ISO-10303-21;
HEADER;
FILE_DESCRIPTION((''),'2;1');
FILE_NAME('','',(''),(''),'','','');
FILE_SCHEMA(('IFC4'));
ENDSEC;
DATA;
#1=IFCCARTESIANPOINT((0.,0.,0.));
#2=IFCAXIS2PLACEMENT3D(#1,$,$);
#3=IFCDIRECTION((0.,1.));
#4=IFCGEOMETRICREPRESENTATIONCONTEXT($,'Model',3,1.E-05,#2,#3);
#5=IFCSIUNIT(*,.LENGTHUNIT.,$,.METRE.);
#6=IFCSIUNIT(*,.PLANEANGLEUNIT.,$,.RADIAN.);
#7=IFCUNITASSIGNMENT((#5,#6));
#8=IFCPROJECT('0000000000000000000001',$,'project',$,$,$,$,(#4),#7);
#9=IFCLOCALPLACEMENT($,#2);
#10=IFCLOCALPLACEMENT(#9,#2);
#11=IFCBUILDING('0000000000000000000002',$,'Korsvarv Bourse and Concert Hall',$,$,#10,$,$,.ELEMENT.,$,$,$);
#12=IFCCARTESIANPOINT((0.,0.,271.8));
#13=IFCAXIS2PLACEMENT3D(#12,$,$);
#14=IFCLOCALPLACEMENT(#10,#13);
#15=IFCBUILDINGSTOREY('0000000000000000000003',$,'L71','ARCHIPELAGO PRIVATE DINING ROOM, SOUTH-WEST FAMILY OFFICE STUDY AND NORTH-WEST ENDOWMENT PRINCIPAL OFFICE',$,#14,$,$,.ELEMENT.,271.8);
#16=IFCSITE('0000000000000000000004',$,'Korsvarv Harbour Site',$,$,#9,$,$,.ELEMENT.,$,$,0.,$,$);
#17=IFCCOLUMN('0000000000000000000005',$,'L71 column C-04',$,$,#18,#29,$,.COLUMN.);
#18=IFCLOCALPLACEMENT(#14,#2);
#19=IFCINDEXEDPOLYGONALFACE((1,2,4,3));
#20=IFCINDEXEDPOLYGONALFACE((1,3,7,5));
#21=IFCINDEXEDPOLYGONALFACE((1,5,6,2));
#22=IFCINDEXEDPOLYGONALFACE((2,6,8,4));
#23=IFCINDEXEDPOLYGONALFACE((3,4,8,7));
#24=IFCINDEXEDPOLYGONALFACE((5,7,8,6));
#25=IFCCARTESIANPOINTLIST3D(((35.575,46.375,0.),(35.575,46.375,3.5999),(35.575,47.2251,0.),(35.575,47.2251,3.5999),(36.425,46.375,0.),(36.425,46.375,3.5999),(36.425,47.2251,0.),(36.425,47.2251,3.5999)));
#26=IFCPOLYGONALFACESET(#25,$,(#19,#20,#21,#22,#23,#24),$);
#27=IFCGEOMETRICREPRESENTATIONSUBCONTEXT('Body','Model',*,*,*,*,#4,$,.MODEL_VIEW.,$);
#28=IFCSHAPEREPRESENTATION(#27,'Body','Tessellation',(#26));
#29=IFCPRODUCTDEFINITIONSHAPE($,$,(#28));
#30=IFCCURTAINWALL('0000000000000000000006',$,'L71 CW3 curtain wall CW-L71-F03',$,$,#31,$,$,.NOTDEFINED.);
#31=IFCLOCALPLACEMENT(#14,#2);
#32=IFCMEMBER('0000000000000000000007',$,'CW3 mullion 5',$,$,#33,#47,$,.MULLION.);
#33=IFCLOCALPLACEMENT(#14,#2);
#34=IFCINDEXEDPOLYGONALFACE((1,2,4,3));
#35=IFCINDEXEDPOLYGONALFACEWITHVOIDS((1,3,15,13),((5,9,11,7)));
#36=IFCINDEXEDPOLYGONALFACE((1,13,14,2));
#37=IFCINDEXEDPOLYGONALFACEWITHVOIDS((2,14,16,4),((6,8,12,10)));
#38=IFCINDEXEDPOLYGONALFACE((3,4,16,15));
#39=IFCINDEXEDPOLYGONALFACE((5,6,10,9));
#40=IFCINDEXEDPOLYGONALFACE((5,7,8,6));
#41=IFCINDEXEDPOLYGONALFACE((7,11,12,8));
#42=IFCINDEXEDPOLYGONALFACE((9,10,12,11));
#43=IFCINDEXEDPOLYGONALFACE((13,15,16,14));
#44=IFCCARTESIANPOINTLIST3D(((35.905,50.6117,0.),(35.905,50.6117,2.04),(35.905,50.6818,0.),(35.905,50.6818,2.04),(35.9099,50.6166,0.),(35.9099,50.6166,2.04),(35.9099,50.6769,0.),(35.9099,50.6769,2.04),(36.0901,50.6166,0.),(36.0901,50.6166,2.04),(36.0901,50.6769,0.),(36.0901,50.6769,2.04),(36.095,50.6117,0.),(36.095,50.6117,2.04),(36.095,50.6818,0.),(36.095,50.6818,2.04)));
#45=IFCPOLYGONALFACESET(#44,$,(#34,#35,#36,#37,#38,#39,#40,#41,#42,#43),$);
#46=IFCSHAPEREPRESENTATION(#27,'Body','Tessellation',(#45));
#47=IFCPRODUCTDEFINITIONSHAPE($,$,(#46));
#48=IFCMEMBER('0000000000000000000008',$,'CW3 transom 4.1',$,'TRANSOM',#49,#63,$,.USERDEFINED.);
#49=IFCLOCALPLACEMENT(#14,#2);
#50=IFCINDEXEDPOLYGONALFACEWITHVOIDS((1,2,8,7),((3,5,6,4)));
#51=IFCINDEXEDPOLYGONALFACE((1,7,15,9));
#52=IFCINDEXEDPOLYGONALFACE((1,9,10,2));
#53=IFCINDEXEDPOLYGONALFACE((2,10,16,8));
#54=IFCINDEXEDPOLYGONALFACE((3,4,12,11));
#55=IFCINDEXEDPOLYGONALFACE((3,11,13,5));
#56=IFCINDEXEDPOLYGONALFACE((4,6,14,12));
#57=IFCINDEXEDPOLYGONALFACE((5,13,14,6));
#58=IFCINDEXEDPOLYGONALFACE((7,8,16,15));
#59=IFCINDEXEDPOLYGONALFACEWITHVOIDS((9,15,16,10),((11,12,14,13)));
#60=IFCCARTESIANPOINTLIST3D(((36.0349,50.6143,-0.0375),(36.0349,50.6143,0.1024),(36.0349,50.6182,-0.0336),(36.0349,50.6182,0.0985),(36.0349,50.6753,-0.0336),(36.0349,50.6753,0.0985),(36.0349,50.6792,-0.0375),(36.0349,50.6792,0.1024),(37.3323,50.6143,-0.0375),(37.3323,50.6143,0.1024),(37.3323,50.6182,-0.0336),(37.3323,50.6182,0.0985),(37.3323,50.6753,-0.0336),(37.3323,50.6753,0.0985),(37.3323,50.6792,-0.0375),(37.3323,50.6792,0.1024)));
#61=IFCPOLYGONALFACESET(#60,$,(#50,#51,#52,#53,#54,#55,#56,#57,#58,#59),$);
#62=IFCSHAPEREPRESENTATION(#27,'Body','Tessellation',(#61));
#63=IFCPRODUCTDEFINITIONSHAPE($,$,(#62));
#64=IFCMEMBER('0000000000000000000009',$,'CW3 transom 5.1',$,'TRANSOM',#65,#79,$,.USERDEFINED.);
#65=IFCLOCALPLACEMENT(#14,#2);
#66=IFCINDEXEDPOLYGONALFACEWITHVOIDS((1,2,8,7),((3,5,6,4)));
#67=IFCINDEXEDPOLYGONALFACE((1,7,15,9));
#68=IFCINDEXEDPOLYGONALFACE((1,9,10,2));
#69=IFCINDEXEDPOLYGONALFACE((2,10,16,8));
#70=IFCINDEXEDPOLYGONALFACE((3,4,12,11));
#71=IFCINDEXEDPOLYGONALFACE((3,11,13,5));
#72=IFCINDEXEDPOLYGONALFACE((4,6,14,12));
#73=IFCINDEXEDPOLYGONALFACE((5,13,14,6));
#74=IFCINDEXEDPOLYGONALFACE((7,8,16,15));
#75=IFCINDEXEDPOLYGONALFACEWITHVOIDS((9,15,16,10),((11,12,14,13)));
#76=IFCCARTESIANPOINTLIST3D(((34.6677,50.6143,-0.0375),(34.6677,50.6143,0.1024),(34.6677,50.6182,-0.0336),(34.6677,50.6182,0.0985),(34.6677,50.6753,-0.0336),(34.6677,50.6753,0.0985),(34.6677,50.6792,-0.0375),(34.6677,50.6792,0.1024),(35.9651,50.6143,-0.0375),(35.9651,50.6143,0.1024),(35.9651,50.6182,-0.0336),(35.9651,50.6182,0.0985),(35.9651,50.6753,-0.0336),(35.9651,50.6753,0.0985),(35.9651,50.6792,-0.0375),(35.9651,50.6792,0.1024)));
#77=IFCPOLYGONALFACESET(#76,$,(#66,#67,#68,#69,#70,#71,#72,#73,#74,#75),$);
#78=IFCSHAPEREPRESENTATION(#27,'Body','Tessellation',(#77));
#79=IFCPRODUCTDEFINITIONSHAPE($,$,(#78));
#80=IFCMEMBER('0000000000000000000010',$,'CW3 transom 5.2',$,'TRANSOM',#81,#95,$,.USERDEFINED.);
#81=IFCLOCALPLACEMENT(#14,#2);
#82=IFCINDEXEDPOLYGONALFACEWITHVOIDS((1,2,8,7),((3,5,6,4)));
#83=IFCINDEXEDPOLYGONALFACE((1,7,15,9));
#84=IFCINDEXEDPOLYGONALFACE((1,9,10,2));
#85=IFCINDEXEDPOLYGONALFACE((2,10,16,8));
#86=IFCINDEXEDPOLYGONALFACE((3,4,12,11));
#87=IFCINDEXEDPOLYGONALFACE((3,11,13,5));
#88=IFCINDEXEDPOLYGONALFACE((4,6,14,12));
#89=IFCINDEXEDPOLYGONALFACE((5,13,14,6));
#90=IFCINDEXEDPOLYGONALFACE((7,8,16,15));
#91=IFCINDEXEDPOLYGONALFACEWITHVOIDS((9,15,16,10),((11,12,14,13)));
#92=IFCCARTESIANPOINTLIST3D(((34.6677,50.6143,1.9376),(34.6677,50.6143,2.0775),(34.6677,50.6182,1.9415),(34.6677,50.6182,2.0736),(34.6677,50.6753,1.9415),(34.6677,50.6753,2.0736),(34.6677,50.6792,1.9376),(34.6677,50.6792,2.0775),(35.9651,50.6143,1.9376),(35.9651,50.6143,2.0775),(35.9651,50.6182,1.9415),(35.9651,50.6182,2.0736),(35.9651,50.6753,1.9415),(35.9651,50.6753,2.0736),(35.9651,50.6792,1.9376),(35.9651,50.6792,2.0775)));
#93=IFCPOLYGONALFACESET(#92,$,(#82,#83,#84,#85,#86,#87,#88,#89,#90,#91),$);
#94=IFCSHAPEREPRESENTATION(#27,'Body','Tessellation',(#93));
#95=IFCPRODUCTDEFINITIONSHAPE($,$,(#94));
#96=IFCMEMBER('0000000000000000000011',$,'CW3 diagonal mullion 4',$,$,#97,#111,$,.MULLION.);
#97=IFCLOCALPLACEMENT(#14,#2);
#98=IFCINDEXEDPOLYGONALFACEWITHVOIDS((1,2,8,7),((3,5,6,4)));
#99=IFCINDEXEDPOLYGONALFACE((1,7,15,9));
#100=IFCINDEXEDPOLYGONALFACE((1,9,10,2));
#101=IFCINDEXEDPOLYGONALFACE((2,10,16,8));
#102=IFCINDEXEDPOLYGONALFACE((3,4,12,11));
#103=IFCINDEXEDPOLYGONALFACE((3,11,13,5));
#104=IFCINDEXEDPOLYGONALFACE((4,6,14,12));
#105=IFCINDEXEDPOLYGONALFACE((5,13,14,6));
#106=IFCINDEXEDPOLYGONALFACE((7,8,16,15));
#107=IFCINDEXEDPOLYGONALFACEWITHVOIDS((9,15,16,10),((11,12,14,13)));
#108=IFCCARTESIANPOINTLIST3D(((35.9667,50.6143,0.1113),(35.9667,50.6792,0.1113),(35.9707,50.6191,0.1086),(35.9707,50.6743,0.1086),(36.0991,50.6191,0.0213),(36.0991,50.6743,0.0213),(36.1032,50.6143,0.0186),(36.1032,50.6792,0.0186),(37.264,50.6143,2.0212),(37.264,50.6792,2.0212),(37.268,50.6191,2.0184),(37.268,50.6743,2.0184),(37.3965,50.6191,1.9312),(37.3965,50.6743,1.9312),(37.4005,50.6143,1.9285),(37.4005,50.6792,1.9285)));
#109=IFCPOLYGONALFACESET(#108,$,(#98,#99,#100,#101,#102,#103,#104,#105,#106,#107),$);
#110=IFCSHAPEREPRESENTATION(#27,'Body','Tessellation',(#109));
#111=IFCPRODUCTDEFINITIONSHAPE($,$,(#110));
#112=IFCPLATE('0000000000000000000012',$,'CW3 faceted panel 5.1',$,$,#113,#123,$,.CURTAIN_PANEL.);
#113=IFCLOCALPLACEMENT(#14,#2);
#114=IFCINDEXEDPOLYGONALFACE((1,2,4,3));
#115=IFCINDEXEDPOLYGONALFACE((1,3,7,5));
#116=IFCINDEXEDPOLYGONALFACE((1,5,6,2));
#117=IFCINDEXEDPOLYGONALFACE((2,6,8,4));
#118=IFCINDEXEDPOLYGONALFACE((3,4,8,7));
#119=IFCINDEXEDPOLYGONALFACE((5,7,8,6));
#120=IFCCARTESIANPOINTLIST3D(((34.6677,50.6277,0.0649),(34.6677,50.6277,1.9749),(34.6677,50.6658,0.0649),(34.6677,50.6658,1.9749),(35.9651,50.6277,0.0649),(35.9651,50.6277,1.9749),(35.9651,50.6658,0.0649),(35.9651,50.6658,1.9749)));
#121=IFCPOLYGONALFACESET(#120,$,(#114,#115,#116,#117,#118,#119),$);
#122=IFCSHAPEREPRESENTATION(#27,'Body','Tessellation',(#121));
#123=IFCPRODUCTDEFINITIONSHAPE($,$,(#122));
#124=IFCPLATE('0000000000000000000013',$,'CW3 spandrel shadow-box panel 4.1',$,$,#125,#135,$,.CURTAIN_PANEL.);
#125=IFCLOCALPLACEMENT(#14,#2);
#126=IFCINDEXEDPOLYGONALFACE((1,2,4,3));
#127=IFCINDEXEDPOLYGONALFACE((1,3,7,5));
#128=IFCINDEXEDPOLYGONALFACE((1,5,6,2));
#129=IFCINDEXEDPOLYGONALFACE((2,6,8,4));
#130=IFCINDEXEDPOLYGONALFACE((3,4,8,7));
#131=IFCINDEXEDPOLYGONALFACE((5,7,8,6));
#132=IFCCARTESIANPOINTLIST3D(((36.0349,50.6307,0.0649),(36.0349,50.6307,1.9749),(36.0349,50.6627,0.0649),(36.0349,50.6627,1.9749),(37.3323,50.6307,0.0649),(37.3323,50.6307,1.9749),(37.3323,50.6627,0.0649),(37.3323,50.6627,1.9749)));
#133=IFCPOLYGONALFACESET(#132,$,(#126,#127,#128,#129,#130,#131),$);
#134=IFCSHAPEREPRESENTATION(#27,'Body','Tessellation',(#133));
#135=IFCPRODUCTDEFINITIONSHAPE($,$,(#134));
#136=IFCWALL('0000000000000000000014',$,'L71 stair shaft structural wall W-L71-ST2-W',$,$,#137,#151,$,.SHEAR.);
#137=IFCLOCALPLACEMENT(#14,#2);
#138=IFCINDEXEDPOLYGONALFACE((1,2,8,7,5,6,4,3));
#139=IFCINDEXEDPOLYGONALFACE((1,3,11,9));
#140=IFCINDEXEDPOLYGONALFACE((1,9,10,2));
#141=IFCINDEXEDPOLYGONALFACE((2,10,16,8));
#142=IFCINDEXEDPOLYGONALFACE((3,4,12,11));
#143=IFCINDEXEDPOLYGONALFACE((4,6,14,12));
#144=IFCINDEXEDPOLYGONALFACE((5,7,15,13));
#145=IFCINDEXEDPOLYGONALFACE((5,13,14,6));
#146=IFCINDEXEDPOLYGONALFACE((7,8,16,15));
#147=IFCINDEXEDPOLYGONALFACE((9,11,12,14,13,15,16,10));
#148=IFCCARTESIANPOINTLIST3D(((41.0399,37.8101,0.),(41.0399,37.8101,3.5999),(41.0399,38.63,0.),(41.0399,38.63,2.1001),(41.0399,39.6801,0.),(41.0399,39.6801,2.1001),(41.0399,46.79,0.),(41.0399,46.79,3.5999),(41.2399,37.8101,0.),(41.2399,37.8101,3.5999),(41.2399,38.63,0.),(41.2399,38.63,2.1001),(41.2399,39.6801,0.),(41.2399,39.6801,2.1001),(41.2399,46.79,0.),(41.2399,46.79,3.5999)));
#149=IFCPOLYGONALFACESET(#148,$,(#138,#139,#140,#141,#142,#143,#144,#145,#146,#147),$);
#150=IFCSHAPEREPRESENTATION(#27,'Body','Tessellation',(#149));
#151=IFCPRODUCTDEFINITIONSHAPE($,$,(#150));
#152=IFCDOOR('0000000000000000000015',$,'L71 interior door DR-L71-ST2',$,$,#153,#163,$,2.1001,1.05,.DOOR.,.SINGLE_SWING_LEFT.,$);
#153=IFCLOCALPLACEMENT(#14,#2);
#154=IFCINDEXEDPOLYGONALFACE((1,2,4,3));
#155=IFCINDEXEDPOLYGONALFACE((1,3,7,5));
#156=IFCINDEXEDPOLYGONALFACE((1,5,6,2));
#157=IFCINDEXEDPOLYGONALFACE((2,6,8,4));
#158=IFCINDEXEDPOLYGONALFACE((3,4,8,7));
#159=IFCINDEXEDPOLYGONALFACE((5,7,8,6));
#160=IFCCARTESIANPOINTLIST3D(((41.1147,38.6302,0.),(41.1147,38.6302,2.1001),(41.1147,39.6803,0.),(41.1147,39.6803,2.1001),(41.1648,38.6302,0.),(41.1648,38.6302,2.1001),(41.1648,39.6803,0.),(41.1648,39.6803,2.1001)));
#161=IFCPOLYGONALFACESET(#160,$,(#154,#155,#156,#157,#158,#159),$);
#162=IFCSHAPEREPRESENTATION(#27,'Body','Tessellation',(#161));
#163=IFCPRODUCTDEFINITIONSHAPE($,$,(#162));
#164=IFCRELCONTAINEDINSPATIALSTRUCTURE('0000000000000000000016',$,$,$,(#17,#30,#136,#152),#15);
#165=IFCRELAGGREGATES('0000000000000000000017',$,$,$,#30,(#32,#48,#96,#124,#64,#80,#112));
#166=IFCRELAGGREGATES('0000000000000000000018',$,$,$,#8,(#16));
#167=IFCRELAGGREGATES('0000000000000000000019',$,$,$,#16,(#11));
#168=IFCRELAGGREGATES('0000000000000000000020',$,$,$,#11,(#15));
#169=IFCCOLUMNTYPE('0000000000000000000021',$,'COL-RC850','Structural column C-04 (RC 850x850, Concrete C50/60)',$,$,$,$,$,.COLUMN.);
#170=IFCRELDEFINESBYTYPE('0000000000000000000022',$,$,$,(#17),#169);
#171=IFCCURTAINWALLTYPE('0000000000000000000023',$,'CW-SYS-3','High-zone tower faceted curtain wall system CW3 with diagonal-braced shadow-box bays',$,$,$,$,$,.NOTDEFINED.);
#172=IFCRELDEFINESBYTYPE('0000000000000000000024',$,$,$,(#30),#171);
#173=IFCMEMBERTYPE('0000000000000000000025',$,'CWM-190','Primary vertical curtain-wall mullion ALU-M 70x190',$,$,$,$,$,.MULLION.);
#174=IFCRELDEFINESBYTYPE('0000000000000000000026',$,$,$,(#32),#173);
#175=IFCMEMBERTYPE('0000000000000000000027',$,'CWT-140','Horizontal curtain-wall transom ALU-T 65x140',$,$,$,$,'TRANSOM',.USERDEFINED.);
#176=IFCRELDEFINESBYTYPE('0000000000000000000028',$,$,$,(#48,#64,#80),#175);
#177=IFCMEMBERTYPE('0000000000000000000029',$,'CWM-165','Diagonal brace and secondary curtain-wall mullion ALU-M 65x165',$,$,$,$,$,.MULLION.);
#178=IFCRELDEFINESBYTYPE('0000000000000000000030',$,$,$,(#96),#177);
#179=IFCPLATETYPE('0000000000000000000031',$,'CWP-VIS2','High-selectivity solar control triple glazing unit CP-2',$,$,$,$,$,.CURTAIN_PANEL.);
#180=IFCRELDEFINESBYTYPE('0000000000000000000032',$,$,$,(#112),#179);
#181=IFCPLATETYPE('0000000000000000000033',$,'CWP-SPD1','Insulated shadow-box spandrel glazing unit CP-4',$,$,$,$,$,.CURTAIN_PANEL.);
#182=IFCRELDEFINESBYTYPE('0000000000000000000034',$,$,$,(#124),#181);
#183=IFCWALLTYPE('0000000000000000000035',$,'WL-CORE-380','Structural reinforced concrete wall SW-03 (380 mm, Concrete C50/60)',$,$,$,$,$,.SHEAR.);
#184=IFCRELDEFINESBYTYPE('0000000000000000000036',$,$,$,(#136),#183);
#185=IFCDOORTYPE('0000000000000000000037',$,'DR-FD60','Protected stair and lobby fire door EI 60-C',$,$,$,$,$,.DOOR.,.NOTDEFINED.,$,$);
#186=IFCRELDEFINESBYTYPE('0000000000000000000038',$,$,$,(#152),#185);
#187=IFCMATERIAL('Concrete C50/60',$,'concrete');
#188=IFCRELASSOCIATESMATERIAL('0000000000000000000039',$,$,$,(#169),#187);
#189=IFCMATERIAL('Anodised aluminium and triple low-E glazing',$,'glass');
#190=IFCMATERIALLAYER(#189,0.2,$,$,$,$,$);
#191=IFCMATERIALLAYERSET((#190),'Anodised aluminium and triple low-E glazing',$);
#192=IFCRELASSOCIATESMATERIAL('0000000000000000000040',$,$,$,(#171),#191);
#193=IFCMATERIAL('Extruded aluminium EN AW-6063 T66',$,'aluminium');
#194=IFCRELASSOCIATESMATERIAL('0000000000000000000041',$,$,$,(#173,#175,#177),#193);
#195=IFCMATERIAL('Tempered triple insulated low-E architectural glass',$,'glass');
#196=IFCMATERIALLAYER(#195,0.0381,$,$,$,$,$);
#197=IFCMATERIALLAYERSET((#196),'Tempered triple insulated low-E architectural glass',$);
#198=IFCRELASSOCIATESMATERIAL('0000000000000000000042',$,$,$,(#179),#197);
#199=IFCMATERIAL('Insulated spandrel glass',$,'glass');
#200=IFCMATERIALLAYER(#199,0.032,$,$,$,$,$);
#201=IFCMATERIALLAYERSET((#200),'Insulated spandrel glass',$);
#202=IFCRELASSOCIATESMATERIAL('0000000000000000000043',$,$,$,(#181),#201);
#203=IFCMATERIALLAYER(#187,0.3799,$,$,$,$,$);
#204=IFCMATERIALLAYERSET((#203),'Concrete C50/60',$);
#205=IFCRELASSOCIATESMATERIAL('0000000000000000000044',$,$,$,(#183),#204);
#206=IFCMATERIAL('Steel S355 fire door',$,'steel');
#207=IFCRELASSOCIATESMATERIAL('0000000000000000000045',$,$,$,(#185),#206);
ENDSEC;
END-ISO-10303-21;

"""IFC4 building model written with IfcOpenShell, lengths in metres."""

from ifc_helpers import new_model, si_unit, direction, frame, frame_2d, origin, origin_2d, place, context, subcontext, project, spatial, rectangle, hollow_rectangle, extrude, source, transform, mapped, material, layer, layer_set, material_profile, profile_set, type_object, element, fill, aggregate, save


model = new_model("IFC4")

# Units and contexts
model_context = context("Model", 3, precision=1e-05, world=origin(), true_north=direction((0.0, 1.0)))
body_context = subcontext(model_context, "Body", "Model", "MODEL_VIEW")
ifc_project = project(units=[si_unit("LENGTHUNIT", "METRE"), si_unit("PLANEANGLEUNIT", "RADIAN")], contexts=[model_context])

# Site, building, storey
site_placement = place(None, origin())
site = spatial("IfcSite", under=ifc_project, at=site_placement, Name="Korsvarv Harbour Site", CompositionType="ELEMENT", RefElevation=0.0)
building_placement = place(site_placement, origin())
building = spatial("IfcBuilding", under=site, at=building_placement, Name="Korsvarv Bourse and Concert Hall", CompositionType="ELEMENT")
storey_placement = place(building_placement, frame((0.0, 0.0, 271.8)))
storey = spatial("IfcBuildingStorey", under=building, at=storey_placement, Name="L71", Description="ARCHIPELAGO PRIVATE DINING ROOM, SOUTH-WEST FAMILY OFFICE STUDY AND NORTH-WEST ENDOWMENT PRINCIPAL OFFICE", CompositionType="ELEMENT", Elevation=271.8)

# Column
ifc_material_1 = material(Name="Concrete C50/60", Category="concrete")
ifc_material_profile_1 = material_profile(ifc_material_1, rectangle(XDim=0.8501, YDim=0.8501, at=origin_2d()), Name="RC 850x850")
ifc_profile_set_1 = profile_set([ifc_material_profile_1], Name="Concrete C50/60")
column_type = type_object("IfcColumnType", Name="COL-RC850", Description="Structural column C-04 (RC 850x850, Concrete C50/60)", PredefinedType="COLUMN", material=ifc_profile_set_1)
shared_shape_1 = source(origin(), body_context, "Body", "SweptSolid", [
    extrude(rectangle(XDim=0.8501, YDim=0.8501, at=origin_2d()), origin(), (0.0, 0.0, 1.0), 3.5999),
])
column_placement = place(storey_placement, frame((36.0, 46.8, 0.0), z_axis=(0.0, 0.0, 1.0), x_axis=(1.0, 0.0, 0.0)))
element("IfcColumn", 1, at=column_placement, inside=storey, type_object=column_type, Name="L71 column C-04", PredefinedType="COLUMN", context=body_context, shape_type="MappedRepresentation", body=[
    mapped(shared_shape_1, transform((0.0, 0.0, 0.0), scale=1.0)),
])

# Curtain wall, members, plates
ifc_material_2 = material(Name="Anodised aluminium and triple low-E glazing", Category="glass")
ifc_layer_1 = layer(ifc_material_2, 0.2)
ifc_layer_set_1 = layer_set([ifc_layer_1], Name="Anodised aluminium and triple low-E glazing")
curtain_wall_type = type_object("IfcCurtainWallType", Name="CW-SYS-3", Description="High-zone tower faceted curtain wall system CW3 with diagonal-braced shadow-box bays", PredefinedType="NOTDEFINED", material=ifc_layer_set_1)
curtain_wall_placement = place(storey_placement, origin())
curtain_wall = element("IfcCurtainWall", 2, at=curtain_wall_placement, inside=storey, type_object=curtain_wall_type, Name="L71 CW3 curtain wall CW-L71-F03", PredefinedType="NOTDEFINED")
ifc_material_3 = material(Name="Extruded aluminium EN AW-6063 T66", Category="aluminium")
ifc_material_profile_2 = material_profile(ifc_material_3, hollow_rectangle(XDim=0.0701, YDim=0.1899, WallThickness=0.0049, at=origin_2d()), Name="ALU-M 70x190")
ifc_profile_set_2 = profile_set([ifc_material_profile_2], Name="Extruded aluminium EN AW-6063 T66")
member_type_1 = type_object("IfcMemberType", Name="CWM-190", Description="Primary vertical curtain-wall mullion ALU-M 70x190", PredefinedType="MULLION", material=ifc_profile_set_2)
shared_shape_2 = source(origin(), body_context, "Body", "SweptSolid", [
    extrude(hollow_rectangle(XDim=0.0701, YDim=0.1899, WallThickness=0.0049, at=origin_2d()), origin(), (0.0, 0.0, 1.0), 2.04),
])
member_1_placement = place(storey_placement, frame((36.0, 50.6467, 0.0), z_axis=(0.0, 0.0, 1.0), x_axis=(0.0, -1.0, 0.0)))
member_1 = element("IfcMember", 3, at=member_1_placement, type_object=member_type_1, Name="CW3 mullion 5", PredefinedType="MULLION", context=body_context, shape_type="MappedRepresentation", body=[
    mapped(shared_shape_2, transform((0.0, 0.0, 0.0), scale=1.0)),
])
ifc_material_profile_3 = material_profile(ifc_material_3, hollow_rectangle(XDim=0.0649, YDim=0.1399, WallThickness=0.0039, at=origin_2d()), Name="ALU-T 65x140")
ifc_profile_set_3 = profile_set([ifc_material_profile_3], Name="Extruded aluminium EN AW-6063 T66")
member_type_2 = type_object("IfcMemberType", Name="CWT-140", Description="Horizontal curtain-wall transom ALU-T 65x140", ElementType="TRANSOM", PredefinedType="USERDEFINED", material=ifc_profile_set_3)
shared_shape_3 = source(origin(), body_context, "Body", "SweptSolid", [
    extrude(hollow_rectangle(XDim=0.0649, YDim=0.1399, WallThickness=0.0039, at=origin_2d()), origin(), (0.0, 0.0, 1.0), 1.2974),
])
member_2_placement = place(storey_placement, frame((37.3323, 50.6467, 0.0325), z_axis=(-1.0, 0.0, 0.0), x_axis=(0.0, -1.0, 0.0)))
member_2 = element("IfcMember", 4, at=member_2_placement, type_object=member_type_2, Name="CW3 transom 4.1", ObjectType="TRANSOM", PredefinedType="USERDEFINED", context=body_context, shape_type="MappedRepresentation", body=[
    mapped(shared_shape_3, transform((0.0, 0.0, 0.0), scale=1.0)),
])
member_3_placement = place(storey_placement, frame((35.9651, 50.6467, 0.0325), z_axis=(-1.0, 0.0, 0.0), x_axis=(0.0, -1.0, 0.0)))
member_3 = element("IfcMember", 5, at=member_3_placement, type_object=member_type_2, Name="CW3 transom 5.1", ObjectType="TRANSOM", PredefinedType="USERDEFINED", context=body_context, shape_type="MappedRepresentation", body=[
    mapped(shared_shape_3, transform((0.0, 0.0, 0.0), scale=1.0)),
])
member_4_placement = place(storey_placement, frame((35.9651, 50.6467, 2.0076), z_axis=(-1.0, 0.0, 0.0), x_axis=(0.0, -1.0, 0.0)))
member_4 = element("IfcMember", 6, at=member_4_placement, type_object=member_type_2, Name="CW3 transom 5.2", ObjectType="TRANSOM", PredefinedType="USERDEFINED", context=body_context, shape_type="MappedRepresentation", body=[
    mapped(shared_shape_3, transform((0.0, 0.0, 0.0), scale=1.0)),
])
ifc_material_profile_4 = material_profile(ifc_material_3, hollow_rectangle(XDim=0.0649, YDim=0.165, WallThickness=0.0049, at=origin_2d()), Name="ALU-M 65x165")
ifc_profile_set_4 = profile_set([ifc_material_profile_4], Name="Extruded aluminium EN AW-6063 T66")
member_type_3 = type_object("IfcMemberType", Name="CWM-165", Description="Diagonal brace and secondary curtain-wall mullion ALU-M 65x165", PredefinedType="MULLION", material=ifc_profile_set_4)
shared_shape_4 = source(origin(), body_context, "Body", "SweptSolid", [
    extrude(hollow_rectangle(XDim=0.0649, YDim=0.165, WallThickness=0.0049, at=origin_2d()), origin(), (0.0, 0.0, 1.0), 2.3088),
])
member_5_placement = place(storey_placement, frame((36.0349, 50.6467, 0.0649), z_axis=(0.561902, 0.0, 0.827204), x_axis=(0.0, 1.0, 0.0)))
member_5 = element("IfcMember", 7, at=member_5_placement, type_object=member_type_3, Name="CW3 diagonal mullion 4", PredefinedType="MULLION", context=body_context, shape_type="MappedRepresentation", body=[
    mapped(shared_shape_4, transform((0.0, 0.0, 0.0), scale=1.0)),
])
ifc_material_4 = material(Name="Tempered triple insulated low-E architectural glass", Category="glass")
ifc_layer_2 = layer(ifc_material_4, 0.0381)
ifc_layer_set_2 = layer_set([ifc_layer_2], Name="Tempered triple insulated low-E architectural glass")
plate_type_1 = type_object("IfcPlateType", Name="CWP-VIS2", Description="High-selectivity solar control triple glazing unit CP-2", PredefinedType="CURTAIN_PANEL", material=ifc_layer_set_2)
shared_shape_5 = source(origin(), body_context, "Body", "SweptSolid", [
    extrude(rectangle(XDim=1.2974, YDim=0.0381, at=origin_2d()), origin(), (0.0, 0.0, 1.0), 1.9099),
])
plate_1_placement = place(storey_placement, frame((35.3164, 50.6467, 0.0649), z_axis=(0.0, 0.0, 1.0), x_axis=(-1.0, 0.0, 0.0)))
plate_1 = element("IfcPlate", 8, at=plate_1_placement, type_object=plate_type_1, Name="CW3 faceted panel 5.1", PredefinedType="CURTAIN_PANEL", context=body_context, shape_type="MappedRepresentation", body=[
    mapped(shared_shape_5, transform((0.0, 0.0, 0.0), scale=1.0)),
])
ifc_material_5 = material(Name="Insulated spandrel glass", Category="glass")
ifc_layer_3 = layer(ifc_material_5, 0.032)
ifc_layer_set_3 = layer_set([ifc_layer_3], Name="Insulated spandrel glass")
plate_type_2 = type_object("IfcPlateType", Name="CWP-SPD1", Description="Insulated shadow-box spandrel glazing unit CP-4", PredefinedType="CURTAIN_PANEL", material=ifc_layer_set_3)
shared_shape_6 = source(origin(), body_context, "Body", "SweptSolid", [
    extrude(rectangle(XDim=1.2974, YDim=0.032, at=origin_2d()), origin(), (0.0, 0.0, 1.0), 1.9099),
])
plate_2_placement = place(storey_placement, frame((36.6836, 50.6467, 0.0649), z_axis=(0.0, 0.0, 1.0), x_axis=(-1.0, 0.0, 0.0)))
plate_2 = element("IfcPlate", 9, at=plate_2_placement, type_object=plate_type_2, Name="CW3 spandrel shadow-box panel 4.1", PredefinedType="CURTAIN_PANEL", context=body_context, shape_type="MappedRepresentation", body=[
    mapped(shared_shape_6, transform((0.0, 0.0, 0.0), scale=1.0)),
])
aggregate(curtain_wall, [member_1, member_2, member_5, plate_2, member_3, member_4, plate_1])

# Wall, opening, door
ifc_layer_4 = layer(ifc_material_1, 0.3799)
ifc_layer_set_4 = layer_set([ifc_layer_4], Name="Concrete C50/60")
wall_type_1 = type_object("IfcWallType", Name="WL-CORE-380", Description="Structural reinforced concrete wall SW-03 (380 mm, Concrete C50/60)", PredefinedType="SHEAR", material=ifc_layer_set_4)
wall_1_placement = place(storey_placement, frame((41.1399, 37.8101, 0.0), z_axis=(0.0, 0.0, 1.0), x_axis=(0.0, 1.0, 0.0)))
wall_1 = element("IfcWall", 10, at=wall_1_placement, inside=storey, type_object=wall_type_1, Name="L71 stair shaft structural wall W-L71-ST2-W", PredefinedType="SHEAR", context=body_context, shape_type="SweptSolid", body=[
    extrude(rectangle(XDim=8.98, YDim=0.2, at=frame_2d((4.49, 0.0))), origin(), (0.0, 0.0, 1.0), 3.5999),
])
opening_1_placement = place(wall_1_placement, frame((0.8201, 0.0, 0.0)))
opening_1 = element("IfcOpeningElement", 11, at=opening_1_placement, cuts=wall_1, PredefinedType="OPENING", context=body_context, shape_type="SweptSolid", body=[
    extrude(rectangle(XDim=1.05, YDim=2.1001, at=frame_2d((0.5249, 1.05))), frame((0.0, 0.1099, 0.0), z_axis=(0.0, -1.0, 0.0), x_axis=(1.0, 0.0, 0.0)), (0.0, 0.0, 1.0), 0.22),
])
ifc_material_6 = material(Name="Steel S355 fire door", Category="steel")
door_type_1 = type_object("IfcDoorType", Name="DR-FD60", Description="Protected stair and lobby fire door EI 60-C", OperationType="NOTDEFINED", PredefinedType="DOOR", material=ifc_material_6)
door_1_placement = place(opening_1_placement, frame((1.05, 0.0, 0.0), z_axis=(0.0, 0.0, 1.0), x_axis=(-1.0, 0.0, 0.0)))
door_1 = element("IfcDoor", 12, at=door_1_placement, inside=storey, type_object=door_type_1, Name="L71 interior door DR-L71-ST2", OperationType="SINGLE_SWING_LEFT", OverallHeight=2.1001, OverallWidth=1.05, PredefinedType="DOOR", context=body_context, shape_type="SweptSolid", body=[
    extrude(rectangle(XDim=1.05, YDim=2.1001, at=frame_2d((0.5249, 1.05))), frame((0.0, 0.0249, 0.0), z_axis=(0.0, -1.0, 0.0), x_axis=(1.0, 0.0, 0.0)), (0.0, 0.0, 1.0), 0.05),
])
fill(opening_1, door_1)

save(model, "model.ifc")
